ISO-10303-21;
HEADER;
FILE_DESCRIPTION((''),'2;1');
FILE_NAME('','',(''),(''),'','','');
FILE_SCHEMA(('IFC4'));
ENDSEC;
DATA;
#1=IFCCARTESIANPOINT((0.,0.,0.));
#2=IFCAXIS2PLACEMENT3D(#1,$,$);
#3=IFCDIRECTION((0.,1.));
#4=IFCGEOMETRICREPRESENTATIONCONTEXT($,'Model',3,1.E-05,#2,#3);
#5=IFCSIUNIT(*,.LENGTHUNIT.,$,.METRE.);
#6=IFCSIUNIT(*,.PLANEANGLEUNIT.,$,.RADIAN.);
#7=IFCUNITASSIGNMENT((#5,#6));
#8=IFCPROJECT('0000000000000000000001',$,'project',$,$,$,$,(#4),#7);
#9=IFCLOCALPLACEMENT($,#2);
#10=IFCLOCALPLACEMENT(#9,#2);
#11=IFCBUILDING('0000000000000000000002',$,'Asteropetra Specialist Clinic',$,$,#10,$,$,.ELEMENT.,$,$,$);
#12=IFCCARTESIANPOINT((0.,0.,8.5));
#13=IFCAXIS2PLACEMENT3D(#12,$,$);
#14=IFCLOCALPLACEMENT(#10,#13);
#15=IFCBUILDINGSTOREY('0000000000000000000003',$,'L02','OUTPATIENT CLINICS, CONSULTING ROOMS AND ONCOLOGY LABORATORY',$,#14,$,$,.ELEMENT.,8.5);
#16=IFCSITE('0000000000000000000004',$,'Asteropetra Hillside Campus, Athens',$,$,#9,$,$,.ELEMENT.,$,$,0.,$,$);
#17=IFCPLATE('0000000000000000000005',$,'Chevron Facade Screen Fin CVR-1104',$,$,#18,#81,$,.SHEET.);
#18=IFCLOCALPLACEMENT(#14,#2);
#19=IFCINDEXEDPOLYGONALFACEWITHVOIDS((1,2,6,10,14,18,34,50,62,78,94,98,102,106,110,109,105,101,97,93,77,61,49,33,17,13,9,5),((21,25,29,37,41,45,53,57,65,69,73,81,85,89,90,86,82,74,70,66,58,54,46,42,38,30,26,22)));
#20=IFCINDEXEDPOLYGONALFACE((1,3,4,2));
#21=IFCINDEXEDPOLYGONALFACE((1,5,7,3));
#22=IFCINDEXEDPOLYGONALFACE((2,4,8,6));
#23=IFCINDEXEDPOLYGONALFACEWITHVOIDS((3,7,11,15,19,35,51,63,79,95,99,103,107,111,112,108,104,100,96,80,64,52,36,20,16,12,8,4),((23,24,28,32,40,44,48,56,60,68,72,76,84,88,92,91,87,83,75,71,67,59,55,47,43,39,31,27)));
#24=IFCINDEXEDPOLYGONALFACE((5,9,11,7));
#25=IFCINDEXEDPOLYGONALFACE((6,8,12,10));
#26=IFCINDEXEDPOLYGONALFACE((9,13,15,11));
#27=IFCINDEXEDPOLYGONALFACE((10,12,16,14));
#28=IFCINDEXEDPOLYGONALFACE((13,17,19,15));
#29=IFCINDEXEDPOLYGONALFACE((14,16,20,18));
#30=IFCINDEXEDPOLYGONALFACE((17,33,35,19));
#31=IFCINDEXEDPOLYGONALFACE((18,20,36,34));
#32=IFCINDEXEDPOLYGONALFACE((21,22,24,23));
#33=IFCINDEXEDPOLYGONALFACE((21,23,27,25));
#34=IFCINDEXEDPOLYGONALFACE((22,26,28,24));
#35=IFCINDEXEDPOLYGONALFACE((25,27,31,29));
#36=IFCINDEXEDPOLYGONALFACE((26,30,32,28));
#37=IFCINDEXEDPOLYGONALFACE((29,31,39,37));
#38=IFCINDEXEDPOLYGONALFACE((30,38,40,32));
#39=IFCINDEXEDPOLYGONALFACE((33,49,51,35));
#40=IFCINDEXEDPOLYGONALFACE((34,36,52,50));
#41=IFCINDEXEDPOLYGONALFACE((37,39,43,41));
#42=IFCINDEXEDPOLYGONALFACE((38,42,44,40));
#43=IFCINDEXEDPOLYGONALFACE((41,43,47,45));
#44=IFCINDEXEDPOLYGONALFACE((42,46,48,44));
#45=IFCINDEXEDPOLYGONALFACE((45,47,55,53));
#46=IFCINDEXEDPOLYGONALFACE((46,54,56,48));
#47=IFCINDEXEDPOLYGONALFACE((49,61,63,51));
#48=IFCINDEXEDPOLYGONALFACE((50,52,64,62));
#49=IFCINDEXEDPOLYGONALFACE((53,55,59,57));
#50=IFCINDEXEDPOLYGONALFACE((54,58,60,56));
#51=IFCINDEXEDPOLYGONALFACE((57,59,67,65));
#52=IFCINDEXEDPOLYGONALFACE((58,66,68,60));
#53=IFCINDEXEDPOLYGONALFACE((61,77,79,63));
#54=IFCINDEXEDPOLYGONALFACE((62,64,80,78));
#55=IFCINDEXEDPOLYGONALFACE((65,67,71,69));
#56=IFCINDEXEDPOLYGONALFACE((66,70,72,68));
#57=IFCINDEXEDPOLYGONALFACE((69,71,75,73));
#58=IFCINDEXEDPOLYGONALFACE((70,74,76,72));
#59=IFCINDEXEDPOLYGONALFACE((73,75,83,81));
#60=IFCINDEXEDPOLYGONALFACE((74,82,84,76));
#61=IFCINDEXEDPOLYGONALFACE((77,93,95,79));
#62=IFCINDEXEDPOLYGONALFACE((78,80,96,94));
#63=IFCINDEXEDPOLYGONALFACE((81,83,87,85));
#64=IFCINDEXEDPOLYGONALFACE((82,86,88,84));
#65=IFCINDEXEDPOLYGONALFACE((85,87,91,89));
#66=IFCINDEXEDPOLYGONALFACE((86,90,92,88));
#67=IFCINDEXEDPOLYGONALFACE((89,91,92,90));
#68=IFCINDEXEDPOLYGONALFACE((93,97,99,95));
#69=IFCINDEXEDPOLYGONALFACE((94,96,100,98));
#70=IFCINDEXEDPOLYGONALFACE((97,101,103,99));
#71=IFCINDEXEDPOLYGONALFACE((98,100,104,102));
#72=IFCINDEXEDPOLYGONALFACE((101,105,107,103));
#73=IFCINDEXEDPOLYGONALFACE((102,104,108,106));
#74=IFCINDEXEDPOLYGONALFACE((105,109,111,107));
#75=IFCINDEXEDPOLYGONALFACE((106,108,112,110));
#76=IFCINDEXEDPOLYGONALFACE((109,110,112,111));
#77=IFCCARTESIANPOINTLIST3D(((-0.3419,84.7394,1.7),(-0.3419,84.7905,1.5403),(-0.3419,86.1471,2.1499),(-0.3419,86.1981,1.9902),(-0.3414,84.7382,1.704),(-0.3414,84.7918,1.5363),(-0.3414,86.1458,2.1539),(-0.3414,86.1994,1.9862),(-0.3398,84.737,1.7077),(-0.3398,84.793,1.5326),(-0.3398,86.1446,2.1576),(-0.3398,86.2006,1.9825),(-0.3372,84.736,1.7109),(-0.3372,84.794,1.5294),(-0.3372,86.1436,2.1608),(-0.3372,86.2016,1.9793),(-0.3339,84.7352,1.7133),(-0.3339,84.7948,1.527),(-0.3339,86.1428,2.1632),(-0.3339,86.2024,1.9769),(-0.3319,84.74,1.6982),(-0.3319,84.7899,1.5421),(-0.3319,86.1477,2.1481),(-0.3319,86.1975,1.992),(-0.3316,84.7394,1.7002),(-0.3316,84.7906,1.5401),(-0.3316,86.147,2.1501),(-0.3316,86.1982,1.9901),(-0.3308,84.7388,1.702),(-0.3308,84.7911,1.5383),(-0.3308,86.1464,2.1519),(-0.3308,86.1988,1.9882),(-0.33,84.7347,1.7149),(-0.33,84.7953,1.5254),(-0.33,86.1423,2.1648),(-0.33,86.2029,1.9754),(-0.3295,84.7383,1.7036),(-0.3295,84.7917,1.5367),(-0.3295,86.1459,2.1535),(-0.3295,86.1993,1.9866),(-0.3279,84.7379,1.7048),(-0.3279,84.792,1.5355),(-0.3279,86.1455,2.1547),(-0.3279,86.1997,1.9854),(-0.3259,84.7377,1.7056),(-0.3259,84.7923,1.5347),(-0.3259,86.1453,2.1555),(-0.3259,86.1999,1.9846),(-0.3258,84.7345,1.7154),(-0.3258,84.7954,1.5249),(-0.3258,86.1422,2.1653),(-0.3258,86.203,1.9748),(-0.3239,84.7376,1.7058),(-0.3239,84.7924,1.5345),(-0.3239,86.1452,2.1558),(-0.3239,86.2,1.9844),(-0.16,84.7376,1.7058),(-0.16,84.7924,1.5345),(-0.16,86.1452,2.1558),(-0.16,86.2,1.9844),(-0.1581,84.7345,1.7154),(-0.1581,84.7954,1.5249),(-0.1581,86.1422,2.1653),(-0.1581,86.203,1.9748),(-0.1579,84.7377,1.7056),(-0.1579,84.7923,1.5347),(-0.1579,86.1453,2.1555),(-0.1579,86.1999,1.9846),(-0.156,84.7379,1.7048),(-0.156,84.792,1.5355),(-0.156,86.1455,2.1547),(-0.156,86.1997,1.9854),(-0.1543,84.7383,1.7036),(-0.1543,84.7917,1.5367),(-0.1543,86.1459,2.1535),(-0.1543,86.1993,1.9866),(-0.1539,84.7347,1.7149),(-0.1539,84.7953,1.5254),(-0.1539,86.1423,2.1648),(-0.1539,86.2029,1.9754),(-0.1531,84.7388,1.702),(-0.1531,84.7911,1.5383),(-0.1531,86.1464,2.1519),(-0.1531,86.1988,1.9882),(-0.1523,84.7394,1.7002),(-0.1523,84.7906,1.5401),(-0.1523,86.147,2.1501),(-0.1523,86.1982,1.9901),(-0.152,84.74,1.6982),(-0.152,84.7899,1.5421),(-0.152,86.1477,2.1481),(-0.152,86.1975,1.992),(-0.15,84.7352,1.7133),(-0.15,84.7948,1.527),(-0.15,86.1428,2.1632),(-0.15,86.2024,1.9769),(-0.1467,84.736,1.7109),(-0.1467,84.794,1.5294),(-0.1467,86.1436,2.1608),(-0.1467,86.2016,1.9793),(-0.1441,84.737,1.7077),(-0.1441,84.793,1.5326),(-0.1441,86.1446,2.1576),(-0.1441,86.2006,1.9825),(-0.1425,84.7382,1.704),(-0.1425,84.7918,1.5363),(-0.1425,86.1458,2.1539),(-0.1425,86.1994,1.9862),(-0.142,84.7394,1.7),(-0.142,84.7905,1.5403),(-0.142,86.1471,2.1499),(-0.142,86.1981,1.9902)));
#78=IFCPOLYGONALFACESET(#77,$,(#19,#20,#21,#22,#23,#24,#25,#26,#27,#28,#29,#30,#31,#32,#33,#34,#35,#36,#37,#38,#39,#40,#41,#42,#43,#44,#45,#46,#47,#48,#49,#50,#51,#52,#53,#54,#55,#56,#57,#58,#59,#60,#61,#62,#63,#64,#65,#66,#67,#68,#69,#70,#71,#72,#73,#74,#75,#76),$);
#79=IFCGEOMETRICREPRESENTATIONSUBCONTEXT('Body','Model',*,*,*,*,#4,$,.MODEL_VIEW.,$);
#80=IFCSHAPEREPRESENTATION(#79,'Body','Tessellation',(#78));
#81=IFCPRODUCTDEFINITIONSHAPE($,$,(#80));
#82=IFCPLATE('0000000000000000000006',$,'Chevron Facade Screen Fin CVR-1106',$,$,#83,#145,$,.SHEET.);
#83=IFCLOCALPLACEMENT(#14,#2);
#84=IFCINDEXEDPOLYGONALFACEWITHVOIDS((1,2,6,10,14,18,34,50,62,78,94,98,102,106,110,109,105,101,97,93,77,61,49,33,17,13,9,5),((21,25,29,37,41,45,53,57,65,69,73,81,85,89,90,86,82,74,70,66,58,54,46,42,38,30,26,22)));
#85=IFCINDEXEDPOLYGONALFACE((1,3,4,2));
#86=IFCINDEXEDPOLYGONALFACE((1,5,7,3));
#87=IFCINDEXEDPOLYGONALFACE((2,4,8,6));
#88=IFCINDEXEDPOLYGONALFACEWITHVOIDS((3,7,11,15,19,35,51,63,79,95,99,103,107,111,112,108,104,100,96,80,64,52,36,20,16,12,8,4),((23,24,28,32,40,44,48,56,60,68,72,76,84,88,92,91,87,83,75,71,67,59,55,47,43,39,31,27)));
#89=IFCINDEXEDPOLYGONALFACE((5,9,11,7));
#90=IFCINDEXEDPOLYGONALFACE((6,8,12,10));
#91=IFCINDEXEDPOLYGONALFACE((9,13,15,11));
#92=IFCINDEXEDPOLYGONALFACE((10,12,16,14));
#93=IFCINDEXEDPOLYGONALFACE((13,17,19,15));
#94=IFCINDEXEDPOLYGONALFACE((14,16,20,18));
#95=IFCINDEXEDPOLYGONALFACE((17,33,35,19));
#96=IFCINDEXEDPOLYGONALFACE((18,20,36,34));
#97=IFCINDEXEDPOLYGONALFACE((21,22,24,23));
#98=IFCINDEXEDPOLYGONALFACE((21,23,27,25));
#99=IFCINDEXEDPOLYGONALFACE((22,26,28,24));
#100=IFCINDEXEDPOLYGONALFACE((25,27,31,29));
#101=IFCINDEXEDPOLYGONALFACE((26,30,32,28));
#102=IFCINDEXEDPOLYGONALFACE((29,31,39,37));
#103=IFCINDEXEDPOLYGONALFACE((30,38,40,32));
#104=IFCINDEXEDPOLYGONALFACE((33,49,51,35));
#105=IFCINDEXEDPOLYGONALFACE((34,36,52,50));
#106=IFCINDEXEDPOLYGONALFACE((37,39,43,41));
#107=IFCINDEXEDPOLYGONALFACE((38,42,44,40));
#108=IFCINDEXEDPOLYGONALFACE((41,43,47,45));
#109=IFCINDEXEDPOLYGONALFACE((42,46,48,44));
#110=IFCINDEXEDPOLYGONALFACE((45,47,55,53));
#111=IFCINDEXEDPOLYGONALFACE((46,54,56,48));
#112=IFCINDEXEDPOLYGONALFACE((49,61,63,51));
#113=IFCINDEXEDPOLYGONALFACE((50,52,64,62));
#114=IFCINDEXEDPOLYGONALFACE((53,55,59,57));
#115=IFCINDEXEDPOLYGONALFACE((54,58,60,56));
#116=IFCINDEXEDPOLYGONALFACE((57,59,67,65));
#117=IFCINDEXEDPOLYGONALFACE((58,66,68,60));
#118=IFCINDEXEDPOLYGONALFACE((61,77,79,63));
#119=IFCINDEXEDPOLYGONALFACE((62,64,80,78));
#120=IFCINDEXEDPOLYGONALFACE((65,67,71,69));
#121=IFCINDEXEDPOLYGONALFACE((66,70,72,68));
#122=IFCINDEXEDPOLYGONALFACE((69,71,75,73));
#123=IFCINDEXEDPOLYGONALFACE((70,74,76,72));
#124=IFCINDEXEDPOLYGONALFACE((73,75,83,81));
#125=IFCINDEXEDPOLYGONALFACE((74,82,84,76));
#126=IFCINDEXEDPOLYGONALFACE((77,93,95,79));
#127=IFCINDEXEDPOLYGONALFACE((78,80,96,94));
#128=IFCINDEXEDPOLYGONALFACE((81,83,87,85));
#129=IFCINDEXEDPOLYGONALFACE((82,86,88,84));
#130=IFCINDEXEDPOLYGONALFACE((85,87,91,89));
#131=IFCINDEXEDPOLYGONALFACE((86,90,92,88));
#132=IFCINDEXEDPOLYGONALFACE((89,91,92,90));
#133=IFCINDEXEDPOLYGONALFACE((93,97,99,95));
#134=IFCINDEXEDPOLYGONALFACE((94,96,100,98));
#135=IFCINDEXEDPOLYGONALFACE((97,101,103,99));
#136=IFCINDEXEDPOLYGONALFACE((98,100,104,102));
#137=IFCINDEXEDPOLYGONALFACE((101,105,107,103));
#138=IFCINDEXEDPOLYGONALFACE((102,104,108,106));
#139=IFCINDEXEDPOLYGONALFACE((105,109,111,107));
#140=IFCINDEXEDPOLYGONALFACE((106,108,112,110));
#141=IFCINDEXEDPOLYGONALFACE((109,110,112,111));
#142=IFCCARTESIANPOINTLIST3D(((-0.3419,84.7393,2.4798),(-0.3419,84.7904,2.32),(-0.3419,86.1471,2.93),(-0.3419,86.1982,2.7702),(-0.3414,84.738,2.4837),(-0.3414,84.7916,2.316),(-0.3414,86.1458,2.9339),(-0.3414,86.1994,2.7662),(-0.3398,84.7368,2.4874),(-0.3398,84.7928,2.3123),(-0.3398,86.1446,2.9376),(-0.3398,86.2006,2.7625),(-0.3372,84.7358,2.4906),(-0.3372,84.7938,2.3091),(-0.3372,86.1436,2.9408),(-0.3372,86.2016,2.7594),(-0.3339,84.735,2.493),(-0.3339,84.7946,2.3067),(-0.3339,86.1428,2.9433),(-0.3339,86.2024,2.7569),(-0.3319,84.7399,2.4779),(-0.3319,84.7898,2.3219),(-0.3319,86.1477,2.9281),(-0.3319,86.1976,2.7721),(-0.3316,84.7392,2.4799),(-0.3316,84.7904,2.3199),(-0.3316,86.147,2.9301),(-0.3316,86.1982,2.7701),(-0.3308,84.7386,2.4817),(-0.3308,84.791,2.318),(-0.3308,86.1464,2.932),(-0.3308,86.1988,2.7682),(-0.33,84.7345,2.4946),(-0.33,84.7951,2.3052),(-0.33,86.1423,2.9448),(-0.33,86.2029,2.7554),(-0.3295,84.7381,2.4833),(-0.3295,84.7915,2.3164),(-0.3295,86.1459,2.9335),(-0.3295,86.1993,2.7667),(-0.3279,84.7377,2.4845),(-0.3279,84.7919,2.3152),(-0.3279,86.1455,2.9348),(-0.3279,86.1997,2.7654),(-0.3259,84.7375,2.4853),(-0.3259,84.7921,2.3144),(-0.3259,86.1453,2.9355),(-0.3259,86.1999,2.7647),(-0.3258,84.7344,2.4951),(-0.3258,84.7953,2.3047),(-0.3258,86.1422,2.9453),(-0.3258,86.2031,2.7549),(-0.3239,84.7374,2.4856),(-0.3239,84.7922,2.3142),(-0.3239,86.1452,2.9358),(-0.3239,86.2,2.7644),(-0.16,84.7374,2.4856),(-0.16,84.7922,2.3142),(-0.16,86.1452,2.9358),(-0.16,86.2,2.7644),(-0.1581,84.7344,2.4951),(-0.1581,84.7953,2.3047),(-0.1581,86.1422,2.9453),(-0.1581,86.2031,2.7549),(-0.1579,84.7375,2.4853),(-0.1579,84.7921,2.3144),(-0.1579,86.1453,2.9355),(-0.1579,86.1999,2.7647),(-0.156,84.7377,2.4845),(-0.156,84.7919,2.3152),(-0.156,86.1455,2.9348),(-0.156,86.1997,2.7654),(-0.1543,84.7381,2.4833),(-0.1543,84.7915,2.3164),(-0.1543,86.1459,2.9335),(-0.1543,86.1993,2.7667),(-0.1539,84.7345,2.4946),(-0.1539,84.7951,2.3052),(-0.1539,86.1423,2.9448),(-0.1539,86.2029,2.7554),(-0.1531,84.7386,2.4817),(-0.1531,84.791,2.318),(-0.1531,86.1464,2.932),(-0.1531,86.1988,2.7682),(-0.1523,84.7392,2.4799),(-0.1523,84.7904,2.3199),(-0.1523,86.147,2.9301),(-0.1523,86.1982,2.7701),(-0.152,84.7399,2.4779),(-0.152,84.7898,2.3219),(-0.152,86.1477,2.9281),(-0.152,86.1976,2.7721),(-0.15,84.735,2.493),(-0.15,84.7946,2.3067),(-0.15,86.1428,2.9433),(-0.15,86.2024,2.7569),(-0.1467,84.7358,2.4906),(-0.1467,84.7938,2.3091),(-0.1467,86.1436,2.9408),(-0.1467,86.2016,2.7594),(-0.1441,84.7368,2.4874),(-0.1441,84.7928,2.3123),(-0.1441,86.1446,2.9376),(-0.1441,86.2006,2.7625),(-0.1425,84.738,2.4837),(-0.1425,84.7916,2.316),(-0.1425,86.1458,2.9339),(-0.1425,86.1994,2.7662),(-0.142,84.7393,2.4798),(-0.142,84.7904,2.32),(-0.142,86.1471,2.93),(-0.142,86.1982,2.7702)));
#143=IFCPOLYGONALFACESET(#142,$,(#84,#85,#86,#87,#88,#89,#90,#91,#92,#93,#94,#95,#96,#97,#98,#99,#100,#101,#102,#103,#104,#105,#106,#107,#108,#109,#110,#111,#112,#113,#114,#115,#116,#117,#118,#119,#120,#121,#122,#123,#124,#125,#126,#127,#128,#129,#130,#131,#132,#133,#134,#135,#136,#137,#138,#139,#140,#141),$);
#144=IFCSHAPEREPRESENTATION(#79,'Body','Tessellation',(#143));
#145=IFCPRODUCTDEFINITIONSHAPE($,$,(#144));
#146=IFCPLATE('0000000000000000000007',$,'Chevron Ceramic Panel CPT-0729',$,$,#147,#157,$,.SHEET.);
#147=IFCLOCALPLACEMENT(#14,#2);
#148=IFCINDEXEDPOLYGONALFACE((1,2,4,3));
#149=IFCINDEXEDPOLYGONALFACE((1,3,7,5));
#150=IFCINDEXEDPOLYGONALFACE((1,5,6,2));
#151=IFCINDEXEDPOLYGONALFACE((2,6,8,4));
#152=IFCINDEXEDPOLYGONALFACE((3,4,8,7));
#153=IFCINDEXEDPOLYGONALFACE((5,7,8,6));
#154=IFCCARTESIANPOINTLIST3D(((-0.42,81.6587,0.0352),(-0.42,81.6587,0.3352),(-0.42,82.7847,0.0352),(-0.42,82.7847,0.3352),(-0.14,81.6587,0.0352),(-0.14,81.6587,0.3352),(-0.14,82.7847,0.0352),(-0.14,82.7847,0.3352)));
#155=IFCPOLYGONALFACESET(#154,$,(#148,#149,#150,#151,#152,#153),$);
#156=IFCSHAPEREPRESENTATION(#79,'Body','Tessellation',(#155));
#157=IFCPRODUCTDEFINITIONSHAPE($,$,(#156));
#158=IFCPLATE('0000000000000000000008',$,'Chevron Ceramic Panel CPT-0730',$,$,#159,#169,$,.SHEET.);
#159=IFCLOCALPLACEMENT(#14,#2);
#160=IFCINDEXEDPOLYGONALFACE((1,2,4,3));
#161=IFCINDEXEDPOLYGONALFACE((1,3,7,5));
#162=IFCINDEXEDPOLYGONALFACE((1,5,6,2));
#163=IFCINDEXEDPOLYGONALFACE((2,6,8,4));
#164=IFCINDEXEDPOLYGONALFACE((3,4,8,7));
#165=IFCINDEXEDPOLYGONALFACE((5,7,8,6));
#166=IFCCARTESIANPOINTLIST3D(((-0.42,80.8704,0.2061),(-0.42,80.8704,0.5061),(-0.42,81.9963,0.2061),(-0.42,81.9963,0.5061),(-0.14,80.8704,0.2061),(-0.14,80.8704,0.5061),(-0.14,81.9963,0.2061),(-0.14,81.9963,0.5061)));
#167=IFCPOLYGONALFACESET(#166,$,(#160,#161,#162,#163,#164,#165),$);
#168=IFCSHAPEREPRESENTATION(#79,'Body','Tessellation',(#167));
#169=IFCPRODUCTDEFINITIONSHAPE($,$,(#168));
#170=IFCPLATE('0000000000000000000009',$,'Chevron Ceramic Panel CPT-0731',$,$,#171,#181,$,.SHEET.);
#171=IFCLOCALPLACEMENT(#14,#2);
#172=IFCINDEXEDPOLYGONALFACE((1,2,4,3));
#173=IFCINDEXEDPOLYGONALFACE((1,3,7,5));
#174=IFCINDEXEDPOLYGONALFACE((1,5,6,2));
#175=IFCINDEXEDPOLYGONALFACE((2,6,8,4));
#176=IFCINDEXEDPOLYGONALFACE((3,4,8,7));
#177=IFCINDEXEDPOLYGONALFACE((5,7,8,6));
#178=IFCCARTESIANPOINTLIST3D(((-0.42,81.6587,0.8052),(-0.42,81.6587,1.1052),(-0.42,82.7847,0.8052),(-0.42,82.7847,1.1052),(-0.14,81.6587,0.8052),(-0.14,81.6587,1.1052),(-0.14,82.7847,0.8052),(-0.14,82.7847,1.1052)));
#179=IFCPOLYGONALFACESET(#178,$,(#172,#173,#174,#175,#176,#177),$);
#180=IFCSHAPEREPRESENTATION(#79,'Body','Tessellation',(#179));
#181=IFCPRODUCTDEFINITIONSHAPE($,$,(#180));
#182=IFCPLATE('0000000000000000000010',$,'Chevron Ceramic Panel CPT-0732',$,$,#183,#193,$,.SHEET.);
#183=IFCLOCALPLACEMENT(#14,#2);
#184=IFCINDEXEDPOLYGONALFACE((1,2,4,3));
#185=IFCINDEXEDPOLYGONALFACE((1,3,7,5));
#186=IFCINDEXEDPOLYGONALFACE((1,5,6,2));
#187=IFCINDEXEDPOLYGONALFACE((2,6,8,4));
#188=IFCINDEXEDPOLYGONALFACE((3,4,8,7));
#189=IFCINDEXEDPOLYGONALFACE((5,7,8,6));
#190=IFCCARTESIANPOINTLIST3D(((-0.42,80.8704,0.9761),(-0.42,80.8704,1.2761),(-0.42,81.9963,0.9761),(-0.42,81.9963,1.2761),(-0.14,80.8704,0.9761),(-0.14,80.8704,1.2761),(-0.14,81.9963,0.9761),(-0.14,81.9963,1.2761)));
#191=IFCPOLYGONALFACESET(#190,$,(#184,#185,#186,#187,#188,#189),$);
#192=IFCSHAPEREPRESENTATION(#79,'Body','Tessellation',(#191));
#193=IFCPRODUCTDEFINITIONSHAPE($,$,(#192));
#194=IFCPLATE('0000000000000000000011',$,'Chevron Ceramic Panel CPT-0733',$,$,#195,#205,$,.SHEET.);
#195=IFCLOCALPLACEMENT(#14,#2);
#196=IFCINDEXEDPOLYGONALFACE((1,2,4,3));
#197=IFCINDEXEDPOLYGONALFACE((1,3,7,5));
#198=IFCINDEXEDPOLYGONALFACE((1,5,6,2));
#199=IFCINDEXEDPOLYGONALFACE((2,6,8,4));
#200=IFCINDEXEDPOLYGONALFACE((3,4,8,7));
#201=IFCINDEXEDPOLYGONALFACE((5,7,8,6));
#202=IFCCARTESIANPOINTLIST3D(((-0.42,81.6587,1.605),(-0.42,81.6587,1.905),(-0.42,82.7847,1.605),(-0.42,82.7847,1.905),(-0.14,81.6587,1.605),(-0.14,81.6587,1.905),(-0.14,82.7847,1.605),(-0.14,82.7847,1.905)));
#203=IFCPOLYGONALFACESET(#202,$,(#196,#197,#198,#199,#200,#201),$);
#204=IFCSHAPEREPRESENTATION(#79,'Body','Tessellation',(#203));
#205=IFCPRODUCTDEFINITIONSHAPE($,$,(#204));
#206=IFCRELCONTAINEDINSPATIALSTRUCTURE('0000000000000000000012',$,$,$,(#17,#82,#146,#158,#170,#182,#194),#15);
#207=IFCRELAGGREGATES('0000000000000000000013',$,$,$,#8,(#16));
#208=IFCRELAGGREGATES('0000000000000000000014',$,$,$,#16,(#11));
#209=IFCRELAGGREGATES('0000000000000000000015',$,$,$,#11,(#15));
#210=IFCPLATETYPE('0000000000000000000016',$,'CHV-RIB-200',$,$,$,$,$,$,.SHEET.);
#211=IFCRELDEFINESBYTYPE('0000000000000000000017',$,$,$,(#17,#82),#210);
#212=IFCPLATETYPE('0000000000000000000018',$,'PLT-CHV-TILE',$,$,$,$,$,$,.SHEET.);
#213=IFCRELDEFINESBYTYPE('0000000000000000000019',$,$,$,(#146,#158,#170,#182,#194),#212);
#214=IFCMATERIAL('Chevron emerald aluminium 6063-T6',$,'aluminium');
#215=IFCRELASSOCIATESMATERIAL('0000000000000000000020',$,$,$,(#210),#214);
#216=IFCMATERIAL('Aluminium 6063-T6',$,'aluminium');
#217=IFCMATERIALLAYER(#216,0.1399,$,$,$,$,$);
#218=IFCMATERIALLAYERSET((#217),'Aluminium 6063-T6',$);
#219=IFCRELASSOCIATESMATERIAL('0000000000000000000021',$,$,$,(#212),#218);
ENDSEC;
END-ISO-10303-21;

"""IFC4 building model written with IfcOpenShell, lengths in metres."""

from ifc_helpers import new_model, si_unit, direction, frame, origin, origin_2d, place, context, subcontext, project, spatial, rectangle, hollow_rectangle, extrude, material, layer, layer_set, material_profile, profile_set, type_object, element, save


model = new_model("IFC4")

# Units and contexts
model_context = context("Model", 3, precision=1e-05, world=origin(), true_north=direction((0.0, 1.0)))
body_context = subcontext(model_context, "Body", "Model", "MODEL_VIEW")
ifc_project = project(units=[si_unit("LENGTHUNIT", "METRE"), si_unit("PLANEANGLEUNIT", "RADIAN")], contexts=[model_context])

# Site, building, storey
site_placement = place(None, origin())
site = spatial("IfcSite", under=ifc_project, at=site_placement, Name="Asteropetra Hillside Campus, Athens", CompositionType="ELEMENT", RefElevation=0.0)
building_placement = place(site_placement, origin())
building = spatial("IfcBuilding", under=site, at=building_placement, Name="Asteropetra Specialist Clinic", CompositionType="ELEMENT")
storey_placement = place(building_placement, frame((0.0, 0.0, 8.5)))
storey = spatial("IfcBuildingStorey", under=building, at=storey_placement, Name="L02", Description="OUTPATIENT CLINICS, CONSULTING ROOMS AND ONCOLOGY LABORATORY", CompositionType="ELEMENT", Elevation=8.5)

# Plates
ifc_material_1 = material(Name="Chevron emerald aluminium 6063-T6", Category="aluminium")
ifc_material_profile = material_profile(ifc_material_1, hollow_rectangle(XDim=0.2, YDim=0.2, WallThickness=0.01, InnerFilletRadius=0.0081, OuterFilletRadius=0.0161, at=origin_2d()), Name="SHS 200x200x10.0")
ifc_profile_set = profile_set([ifc_material_profile], Name="Chevron emerald aluminium 6063-T6")
plate_type_1 = type_object("IfcPlateType", Name="CHV-RIB-200", PredefinedType="SHEET", material=ifc_profile_set)
for number, where, z_axis, x_axis, name in (
    (1, (-0.2419, 86.1726, 2.0701), (0.0, -0.952526, -0.304458), (1.0, 0.0, 0.0), "Chevron Facade Screen Fin CVR-1104"),
):
    element("IfcPlate", number, at=place(storey_placement, frame(where, z_axis=z_axis, x_axis=x_axis)), inside=storey, type_object=plate_type_1, Name=name, PredefinedType="SHEET", context=body_context, shape_type="SweptSolid", body=[
        extrude(hollow_rectangle(XDim=0.2, YDim=0.2, WallThickness=0.01, InnerFilletRadius=0.0081, OuterFilletRadius=0.0161, at=origin_2d()), origin(), (0.0, 0.0, 1.0), 1.4778),
    ])
plate_1_placement = place(storey_placement, frame((-0.2419, 86.1726, 2.8501), z_axis=(0.0, -0.952478, -0.304608), x_axis=(1.0, 0.0, 0.0)))
element("IfcPlate", 2, at=plate_1_placement, inside=storey, type_object=plate_type_1, Name="Chevron Facade Screen Fin CVR-1106", PredefinedType="SHEET", context=body_context, shape_type="SweptSolid", body=[
    extrude(hollow_rectangle(XDim=0.2, YDim=0.2, WallThickness=0.01, InnerFilletRadius=0.0081, OuterFilletRadius=0.0161, at=origin_2d()), origin(), (0.0, 0.0, 1.0), 1.478),
])
ifc_material_2 = material(Name="Aluminium 6063-T6", Category="aluminium")
ifc_layer_1 = layer(ifc_material_2, 0.1399)
ifc_layer_set_1 = layer_set([ifc_layer_1], Name="Aluminium 6063-T6")
plate_type_2 = type_object("IfcPlateType", Name="PLT-CHV-TILE", PredefinedType="SHEET", material=ifc_layer_set_1)
for number, where, z_axis, x_axis, name in (
    (3, (-0.28, 82.2217, 0.0352), (0.0, 0.0, 1.0), (1.0, 0.0, 0.0), "Chevron Ceramic Panel CPT-0729"),
    (4, (-0.28, 81.4333, 0.2061), (0.0, 0.0, 1.0), (1.0, 0.0, 0.0), "Chevron Ceramic Panel CPT-0730"),
    (5, (-0.28, 82.2217, 0.8052), (0.0, 0.0, 1.0), (1.0, 0.0, 0.0), "Chevron Ceramic Panel CPT-0731"),
    (6, (-0.28, 81.4333, 0.9761), (0.0, 0.0, 1.0), (1.0, 0.0, 0.0), "Chevron Ceramic Panel CPT-0732"),
    (7, (-0.28, 82.2217, 1.605), (0.0, 0.0, 1.0), (1.0, 0.0, 0.0), "Chevron Ceramic Panel CPT-0733"),
):
    element("IfcPlate", number, at=place(storey_placement, frame(where, z_axis=z_axis, x_axis=x_axis)), inside=storey, type_object=plate_type_2, Name=name, PredefinedType="SHEET", context=body_context, shape_type="SweptSolid", body=[
        extrude(rectangle(XDim=0.28, YDim=1.126, at=origin_2d()), origin(), (0.0, 0.0, 1.0), 0.3),
    ])

save(model, "model.ifc")
